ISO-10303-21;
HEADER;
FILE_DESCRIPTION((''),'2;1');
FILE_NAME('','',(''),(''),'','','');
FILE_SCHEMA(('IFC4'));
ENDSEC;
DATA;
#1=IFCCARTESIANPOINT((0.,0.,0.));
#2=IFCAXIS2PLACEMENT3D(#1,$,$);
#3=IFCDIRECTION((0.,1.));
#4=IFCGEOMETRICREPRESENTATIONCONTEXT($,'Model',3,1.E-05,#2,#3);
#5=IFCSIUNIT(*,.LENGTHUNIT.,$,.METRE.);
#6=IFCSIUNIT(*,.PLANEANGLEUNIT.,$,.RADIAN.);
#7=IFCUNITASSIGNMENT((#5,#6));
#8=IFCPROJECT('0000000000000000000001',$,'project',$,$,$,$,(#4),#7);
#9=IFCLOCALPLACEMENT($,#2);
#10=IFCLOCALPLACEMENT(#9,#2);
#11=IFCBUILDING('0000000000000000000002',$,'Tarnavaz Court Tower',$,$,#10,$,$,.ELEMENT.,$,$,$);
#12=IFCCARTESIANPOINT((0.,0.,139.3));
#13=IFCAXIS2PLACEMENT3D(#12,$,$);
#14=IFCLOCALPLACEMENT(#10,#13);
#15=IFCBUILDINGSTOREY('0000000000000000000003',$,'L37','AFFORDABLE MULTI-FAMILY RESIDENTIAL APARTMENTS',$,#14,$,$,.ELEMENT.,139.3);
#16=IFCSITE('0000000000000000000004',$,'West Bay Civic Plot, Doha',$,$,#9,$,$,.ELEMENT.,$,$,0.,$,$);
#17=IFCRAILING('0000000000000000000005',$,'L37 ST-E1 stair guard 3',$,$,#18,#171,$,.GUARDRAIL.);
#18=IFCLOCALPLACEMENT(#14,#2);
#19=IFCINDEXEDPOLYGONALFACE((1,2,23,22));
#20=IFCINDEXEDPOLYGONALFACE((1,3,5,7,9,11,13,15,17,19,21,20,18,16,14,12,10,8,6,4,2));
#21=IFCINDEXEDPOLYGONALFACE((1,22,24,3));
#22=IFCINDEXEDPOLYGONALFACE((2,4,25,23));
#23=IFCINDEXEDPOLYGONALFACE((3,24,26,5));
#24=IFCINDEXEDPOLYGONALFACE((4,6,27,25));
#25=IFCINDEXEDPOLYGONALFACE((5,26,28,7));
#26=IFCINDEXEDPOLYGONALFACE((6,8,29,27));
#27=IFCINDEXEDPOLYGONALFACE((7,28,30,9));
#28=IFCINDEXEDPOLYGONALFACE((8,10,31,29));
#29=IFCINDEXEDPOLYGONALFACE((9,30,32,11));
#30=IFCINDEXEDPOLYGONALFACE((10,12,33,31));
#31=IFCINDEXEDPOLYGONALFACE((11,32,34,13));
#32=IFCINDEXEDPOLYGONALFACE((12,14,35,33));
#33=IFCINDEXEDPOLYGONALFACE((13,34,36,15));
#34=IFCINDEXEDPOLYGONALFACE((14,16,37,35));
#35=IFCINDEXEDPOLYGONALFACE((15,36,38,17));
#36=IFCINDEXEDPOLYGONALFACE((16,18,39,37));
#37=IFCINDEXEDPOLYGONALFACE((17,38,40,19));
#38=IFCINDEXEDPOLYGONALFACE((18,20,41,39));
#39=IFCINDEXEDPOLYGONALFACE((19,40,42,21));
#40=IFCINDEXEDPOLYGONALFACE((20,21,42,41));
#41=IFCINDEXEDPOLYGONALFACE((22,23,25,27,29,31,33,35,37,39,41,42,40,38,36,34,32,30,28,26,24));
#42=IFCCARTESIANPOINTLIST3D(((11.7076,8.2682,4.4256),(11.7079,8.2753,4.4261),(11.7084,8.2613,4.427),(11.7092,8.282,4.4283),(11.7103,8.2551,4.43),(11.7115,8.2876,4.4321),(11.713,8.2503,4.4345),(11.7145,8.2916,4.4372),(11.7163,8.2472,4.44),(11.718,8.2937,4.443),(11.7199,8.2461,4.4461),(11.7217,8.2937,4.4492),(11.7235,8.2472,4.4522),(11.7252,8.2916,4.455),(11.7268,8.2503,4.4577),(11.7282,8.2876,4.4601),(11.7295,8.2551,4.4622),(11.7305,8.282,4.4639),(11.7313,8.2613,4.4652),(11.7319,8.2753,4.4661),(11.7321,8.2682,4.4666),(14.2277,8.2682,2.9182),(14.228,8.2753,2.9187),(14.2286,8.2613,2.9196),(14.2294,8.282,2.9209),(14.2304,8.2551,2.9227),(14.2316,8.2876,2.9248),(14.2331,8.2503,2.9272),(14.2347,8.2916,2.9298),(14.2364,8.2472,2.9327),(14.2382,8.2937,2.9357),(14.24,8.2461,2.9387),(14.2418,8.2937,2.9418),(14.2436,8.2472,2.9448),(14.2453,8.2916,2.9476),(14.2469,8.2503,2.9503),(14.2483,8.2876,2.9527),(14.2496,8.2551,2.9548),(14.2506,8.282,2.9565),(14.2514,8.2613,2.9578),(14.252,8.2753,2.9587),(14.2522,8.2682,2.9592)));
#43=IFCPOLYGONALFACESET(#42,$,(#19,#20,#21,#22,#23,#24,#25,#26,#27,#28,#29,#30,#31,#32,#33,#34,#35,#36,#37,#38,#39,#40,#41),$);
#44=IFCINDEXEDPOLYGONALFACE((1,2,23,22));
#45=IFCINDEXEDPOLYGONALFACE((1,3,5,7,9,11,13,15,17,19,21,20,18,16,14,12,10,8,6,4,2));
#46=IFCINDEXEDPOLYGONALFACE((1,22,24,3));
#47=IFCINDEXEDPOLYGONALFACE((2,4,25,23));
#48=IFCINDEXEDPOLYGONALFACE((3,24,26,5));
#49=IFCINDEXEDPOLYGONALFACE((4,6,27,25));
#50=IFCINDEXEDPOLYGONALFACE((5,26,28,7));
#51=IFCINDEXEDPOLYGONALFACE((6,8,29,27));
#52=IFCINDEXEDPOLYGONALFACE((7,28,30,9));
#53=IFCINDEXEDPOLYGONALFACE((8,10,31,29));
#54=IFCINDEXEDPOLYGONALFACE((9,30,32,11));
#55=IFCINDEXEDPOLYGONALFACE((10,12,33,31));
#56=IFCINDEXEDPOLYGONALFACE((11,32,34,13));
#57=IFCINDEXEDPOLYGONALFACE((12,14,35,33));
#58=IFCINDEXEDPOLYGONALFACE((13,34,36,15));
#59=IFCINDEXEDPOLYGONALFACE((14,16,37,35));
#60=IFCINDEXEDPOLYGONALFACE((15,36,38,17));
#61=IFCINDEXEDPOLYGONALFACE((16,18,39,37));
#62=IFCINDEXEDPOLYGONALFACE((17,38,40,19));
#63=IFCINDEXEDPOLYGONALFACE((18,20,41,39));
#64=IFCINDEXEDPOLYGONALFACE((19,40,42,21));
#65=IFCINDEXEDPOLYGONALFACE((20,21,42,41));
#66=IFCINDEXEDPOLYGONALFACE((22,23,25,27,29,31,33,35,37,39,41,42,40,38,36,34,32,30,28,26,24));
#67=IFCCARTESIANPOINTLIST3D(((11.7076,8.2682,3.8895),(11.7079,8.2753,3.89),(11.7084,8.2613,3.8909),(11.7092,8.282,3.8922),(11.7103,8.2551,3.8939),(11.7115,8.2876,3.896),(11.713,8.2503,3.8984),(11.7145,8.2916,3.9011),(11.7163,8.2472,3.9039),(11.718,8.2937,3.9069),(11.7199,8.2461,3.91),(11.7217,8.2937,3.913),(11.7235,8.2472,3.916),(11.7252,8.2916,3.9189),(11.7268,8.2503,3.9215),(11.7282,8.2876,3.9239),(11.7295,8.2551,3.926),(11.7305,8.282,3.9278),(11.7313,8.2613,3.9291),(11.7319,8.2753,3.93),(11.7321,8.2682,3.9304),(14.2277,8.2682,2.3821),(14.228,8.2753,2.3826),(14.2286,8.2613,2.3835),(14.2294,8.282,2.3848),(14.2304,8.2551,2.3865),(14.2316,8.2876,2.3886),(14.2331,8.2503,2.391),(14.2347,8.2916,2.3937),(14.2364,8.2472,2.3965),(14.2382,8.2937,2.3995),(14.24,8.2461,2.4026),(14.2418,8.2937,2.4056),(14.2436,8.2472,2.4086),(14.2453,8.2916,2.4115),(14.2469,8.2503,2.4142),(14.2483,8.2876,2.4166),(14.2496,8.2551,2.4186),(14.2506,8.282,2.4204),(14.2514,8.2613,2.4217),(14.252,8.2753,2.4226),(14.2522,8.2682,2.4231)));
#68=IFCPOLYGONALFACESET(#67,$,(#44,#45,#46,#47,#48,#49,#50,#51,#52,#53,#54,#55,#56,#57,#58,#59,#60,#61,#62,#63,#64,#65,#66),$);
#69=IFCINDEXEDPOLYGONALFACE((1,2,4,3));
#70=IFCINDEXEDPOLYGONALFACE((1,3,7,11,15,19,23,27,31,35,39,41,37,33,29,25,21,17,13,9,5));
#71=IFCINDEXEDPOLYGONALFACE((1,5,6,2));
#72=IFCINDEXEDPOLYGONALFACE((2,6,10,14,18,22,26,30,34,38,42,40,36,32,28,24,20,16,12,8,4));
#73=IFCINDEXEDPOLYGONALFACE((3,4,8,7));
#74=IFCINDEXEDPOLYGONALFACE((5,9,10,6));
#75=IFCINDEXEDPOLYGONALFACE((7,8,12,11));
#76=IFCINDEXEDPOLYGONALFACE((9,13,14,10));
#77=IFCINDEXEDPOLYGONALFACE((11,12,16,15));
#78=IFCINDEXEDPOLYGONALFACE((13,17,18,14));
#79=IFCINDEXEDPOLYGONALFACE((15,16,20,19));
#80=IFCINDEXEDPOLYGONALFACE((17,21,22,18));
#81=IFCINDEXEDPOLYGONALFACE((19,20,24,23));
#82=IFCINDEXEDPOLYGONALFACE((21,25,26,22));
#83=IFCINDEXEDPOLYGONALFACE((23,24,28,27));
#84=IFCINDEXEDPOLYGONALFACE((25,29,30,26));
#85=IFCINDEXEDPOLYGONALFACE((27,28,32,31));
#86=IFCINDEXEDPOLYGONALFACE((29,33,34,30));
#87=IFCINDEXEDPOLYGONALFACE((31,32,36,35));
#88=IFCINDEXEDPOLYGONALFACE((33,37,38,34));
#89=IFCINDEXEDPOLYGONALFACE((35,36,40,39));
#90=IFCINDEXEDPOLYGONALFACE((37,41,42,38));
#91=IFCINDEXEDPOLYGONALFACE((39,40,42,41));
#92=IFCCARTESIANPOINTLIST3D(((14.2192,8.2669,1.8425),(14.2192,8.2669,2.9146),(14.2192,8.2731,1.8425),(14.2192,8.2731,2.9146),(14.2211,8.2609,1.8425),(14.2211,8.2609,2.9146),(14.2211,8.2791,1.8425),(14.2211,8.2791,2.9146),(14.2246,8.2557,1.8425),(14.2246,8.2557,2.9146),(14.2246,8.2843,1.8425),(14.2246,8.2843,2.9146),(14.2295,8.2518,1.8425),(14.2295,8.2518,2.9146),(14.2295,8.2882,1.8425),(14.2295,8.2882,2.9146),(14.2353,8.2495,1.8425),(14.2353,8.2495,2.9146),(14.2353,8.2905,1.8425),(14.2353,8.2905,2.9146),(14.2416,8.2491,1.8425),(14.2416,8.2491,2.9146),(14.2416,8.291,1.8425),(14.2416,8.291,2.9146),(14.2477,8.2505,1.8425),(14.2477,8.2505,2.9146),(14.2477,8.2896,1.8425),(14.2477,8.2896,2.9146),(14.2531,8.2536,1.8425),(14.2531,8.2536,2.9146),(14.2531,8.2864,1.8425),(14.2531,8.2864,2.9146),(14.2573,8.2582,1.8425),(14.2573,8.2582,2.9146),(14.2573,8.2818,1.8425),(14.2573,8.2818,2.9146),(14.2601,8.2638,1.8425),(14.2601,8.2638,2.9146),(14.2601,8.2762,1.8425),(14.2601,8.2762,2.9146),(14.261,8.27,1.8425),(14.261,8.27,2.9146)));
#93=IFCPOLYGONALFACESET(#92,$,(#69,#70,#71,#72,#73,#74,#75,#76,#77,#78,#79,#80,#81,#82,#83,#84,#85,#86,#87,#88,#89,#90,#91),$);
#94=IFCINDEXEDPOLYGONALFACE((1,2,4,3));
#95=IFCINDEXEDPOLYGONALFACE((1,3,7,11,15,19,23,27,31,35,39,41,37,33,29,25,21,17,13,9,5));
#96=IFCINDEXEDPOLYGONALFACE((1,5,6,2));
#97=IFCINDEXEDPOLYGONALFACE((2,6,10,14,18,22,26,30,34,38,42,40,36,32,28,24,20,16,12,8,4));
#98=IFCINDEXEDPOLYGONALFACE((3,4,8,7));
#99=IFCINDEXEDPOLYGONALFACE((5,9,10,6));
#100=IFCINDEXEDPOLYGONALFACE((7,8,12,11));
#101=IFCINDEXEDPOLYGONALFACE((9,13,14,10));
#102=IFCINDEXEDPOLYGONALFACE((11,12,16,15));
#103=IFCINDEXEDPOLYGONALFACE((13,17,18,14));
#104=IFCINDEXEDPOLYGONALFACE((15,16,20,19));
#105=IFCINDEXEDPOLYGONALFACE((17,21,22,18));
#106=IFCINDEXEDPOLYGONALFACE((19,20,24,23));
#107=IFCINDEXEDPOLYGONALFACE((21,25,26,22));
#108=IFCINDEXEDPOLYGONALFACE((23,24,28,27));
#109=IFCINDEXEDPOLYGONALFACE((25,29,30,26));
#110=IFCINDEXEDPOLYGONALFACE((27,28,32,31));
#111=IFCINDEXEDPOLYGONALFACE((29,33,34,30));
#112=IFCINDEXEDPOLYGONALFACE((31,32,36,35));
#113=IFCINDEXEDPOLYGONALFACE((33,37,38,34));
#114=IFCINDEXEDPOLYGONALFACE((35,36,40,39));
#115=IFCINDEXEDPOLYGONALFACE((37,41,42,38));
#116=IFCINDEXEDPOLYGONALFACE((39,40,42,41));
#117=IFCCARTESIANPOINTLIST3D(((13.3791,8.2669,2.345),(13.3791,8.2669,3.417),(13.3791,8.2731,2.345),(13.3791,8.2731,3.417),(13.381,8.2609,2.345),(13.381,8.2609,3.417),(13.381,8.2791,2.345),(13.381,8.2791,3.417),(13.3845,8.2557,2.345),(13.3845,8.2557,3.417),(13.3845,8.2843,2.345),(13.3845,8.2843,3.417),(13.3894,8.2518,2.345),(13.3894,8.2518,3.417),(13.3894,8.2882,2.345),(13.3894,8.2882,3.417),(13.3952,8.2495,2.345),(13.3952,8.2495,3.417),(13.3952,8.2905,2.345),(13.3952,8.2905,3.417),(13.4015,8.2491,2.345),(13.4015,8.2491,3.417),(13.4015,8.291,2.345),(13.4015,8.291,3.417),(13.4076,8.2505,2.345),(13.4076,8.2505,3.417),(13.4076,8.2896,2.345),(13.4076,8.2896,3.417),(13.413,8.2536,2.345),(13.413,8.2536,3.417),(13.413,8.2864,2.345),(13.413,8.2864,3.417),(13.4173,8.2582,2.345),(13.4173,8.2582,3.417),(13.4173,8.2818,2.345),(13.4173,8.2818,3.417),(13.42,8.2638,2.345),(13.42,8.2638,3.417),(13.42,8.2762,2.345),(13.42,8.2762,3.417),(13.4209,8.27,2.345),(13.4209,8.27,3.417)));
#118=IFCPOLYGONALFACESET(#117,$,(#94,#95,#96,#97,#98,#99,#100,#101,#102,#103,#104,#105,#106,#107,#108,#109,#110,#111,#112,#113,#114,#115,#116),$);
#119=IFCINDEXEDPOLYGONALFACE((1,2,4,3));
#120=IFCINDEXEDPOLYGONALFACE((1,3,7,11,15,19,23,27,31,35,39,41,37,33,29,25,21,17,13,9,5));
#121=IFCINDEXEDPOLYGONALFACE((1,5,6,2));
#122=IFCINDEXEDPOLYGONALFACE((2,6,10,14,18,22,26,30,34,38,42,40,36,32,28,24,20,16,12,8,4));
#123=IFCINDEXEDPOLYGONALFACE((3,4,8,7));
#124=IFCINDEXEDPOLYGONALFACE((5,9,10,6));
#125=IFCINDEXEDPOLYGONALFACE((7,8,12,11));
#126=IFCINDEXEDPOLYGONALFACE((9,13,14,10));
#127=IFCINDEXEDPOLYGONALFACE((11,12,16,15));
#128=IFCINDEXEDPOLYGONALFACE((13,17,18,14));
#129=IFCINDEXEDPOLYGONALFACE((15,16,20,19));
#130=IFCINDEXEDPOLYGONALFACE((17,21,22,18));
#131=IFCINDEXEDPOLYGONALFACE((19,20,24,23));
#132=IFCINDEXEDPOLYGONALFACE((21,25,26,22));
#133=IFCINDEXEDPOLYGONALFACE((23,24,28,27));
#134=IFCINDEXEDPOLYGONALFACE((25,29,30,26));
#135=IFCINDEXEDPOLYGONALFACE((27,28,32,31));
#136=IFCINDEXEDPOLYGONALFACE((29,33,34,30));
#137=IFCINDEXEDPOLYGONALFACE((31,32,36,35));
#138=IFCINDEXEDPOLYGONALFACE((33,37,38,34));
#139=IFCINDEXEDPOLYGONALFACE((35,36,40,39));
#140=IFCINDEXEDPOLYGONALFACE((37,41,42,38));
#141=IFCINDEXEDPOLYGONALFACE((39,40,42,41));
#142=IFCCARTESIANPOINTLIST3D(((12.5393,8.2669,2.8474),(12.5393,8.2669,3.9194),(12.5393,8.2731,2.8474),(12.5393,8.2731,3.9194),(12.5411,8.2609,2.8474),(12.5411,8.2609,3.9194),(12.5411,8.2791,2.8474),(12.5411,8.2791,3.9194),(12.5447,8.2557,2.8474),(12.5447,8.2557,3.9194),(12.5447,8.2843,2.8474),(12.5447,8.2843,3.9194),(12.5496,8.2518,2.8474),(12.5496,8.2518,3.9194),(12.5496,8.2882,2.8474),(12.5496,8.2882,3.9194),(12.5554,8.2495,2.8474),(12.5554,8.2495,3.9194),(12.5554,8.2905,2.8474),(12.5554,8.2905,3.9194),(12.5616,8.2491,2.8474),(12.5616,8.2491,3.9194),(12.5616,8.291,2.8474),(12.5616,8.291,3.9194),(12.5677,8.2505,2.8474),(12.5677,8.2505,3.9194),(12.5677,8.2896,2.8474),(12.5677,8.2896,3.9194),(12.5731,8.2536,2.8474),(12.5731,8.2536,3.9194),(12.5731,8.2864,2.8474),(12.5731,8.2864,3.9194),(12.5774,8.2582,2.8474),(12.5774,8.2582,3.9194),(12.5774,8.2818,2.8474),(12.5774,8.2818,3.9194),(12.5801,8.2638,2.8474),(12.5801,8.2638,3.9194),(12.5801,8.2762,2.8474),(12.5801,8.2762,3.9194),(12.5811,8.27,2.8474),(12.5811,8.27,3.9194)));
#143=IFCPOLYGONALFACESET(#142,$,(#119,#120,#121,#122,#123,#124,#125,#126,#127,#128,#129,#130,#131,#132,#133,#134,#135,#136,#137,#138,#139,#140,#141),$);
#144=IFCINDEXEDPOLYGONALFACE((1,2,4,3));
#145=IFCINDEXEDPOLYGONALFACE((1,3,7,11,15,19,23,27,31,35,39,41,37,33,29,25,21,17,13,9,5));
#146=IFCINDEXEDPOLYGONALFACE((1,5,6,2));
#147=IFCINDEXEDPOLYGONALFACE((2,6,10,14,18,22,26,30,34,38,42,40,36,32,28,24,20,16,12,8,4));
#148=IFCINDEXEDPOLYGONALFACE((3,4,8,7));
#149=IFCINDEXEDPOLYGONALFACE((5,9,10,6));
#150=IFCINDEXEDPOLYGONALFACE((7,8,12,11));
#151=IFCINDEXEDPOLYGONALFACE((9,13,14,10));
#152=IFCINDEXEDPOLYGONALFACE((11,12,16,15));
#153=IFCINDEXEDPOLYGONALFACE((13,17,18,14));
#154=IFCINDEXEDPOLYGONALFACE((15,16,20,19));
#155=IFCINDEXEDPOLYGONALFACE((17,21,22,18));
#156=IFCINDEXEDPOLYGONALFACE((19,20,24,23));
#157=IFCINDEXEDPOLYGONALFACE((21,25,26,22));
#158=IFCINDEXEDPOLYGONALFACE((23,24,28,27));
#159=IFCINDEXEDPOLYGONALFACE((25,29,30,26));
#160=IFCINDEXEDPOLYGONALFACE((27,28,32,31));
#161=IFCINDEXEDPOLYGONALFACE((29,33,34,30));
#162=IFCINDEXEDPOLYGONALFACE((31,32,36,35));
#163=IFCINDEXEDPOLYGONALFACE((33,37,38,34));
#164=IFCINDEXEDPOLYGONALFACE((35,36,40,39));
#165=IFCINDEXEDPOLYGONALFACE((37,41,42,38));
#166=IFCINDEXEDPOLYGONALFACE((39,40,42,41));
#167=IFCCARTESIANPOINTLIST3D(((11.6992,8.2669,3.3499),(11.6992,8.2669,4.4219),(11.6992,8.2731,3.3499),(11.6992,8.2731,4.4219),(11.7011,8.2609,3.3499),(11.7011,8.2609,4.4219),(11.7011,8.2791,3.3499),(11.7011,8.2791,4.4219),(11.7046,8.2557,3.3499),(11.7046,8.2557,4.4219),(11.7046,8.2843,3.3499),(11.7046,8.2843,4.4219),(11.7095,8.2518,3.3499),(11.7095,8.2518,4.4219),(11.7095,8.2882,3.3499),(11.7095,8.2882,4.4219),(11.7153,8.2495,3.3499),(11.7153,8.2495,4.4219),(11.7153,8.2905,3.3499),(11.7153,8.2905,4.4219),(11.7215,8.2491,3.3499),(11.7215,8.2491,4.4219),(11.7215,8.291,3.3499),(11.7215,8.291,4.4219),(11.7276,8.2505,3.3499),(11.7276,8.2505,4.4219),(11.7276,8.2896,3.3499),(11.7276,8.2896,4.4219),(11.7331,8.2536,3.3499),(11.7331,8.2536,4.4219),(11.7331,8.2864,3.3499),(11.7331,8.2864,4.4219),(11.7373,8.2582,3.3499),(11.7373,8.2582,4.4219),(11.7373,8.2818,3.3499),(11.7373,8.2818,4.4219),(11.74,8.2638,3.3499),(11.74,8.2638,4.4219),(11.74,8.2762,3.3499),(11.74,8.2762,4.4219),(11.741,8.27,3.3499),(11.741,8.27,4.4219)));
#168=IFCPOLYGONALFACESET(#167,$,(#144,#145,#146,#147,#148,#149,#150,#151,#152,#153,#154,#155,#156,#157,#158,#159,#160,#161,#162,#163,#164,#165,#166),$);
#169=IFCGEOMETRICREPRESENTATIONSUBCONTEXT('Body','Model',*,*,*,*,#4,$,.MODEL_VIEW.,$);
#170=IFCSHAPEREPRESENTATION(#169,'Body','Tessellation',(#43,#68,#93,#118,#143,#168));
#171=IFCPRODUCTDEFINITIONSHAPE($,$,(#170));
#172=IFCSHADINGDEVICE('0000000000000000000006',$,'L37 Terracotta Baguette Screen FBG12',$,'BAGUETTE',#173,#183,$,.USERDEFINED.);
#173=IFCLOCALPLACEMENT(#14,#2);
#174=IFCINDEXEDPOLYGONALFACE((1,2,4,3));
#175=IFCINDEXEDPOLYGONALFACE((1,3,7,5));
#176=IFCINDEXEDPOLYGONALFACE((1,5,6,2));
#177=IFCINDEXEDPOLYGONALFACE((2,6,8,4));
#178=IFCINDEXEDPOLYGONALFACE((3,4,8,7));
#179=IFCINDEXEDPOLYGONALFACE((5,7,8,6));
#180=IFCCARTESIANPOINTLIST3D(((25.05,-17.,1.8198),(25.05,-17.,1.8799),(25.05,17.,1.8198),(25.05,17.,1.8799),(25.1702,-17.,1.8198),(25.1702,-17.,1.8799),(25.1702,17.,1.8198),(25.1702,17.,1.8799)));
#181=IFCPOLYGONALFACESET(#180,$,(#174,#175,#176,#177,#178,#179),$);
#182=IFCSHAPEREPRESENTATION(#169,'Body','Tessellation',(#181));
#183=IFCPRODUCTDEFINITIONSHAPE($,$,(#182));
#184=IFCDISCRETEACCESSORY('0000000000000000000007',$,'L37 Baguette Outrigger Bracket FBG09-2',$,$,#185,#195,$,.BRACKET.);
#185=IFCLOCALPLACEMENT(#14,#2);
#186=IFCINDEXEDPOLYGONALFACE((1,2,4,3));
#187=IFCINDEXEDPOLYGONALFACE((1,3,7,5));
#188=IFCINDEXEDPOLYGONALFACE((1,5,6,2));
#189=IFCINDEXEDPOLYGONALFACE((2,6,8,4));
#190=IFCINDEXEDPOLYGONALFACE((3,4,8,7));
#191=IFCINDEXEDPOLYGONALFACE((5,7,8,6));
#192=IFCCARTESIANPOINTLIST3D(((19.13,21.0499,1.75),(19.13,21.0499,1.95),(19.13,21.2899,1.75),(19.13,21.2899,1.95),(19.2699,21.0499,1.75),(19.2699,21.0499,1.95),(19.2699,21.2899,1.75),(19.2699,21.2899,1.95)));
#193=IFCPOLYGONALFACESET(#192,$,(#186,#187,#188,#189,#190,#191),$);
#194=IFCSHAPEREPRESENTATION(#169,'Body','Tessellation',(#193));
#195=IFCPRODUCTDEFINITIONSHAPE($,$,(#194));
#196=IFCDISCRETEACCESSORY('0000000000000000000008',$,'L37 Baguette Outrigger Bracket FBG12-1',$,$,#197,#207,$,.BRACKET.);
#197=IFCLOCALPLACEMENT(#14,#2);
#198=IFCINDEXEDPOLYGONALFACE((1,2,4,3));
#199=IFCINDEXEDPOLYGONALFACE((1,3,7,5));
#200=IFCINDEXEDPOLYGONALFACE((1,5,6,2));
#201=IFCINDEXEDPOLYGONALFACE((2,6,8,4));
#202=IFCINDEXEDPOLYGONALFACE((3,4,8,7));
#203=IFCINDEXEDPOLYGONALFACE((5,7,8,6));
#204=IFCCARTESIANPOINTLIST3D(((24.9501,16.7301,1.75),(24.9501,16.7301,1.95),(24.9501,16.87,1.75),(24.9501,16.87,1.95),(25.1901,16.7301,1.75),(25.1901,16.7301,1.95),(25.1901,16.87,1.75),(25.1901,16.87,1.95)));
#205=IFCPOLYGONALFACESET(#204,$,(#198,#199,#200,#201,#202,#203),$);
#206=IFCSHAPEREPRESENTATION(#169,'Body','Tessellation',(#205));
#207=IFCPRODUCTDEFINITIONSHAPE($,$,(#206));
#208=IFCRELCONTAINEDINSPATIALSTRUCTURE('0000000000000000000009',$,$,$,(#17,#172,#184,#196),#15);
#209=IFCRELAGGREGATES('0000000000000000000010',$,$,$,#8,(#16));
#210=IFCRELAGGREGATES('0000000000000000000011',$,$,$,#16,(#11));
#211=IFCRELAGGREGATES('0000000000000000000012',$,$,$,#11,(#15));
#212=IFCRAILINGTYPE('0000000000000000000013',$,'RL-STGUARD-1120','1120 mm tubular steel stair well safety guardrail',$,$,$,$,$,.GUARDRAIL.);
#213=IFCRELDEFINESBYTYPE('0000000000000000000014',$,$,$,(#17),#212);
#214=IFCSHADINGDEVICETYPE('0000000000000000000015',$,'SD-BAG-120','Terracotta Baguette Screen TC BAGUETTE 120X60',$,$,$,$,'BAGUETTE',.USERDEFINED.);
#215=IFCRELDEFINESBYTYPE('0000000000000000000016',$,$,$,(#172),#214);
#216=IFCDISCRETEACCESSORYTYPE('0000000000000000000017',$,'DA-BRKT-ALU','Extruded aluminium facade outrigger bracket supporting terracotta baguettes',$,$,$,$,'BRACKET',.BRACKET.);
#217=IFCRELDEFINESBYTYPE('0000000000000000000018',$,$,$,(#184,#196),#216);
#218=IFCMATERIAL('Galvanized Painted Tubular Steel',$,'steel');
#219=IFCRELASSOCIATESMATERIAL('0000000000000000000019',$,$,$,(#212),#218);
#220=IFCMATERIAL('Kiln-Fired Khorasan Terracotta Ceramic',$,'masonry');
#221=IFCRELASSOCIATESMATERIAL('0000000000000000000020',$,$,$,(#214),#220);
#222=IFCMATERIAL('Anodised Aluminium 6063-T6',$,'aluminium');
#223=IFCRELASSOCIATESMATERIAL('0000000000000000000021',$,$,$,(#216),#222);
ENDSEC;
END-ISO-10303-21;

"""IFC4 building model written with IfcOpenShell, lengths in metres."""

from ifc_helpers import new_model, si_unit, direction, frame, origin, origin_2d, place, context, subcontext, project, spatial, rectangle, circle, extrude, material, material_profile, profile_set, type_object, element, save


model = new_model("IFC4")

# Units and contexts
model_context = context("Model", 3, precision=1e-05, world=origin(), true_north=direction((0.0, 1.0)))
body_context = subcontext(model_context, "Body", "Model", "MODEL_VIEW")
ifc_project = project(units=[si_unit("LENGTHUNIT", "METRE"), si_unit("PLANEANGLEUNIT", "RADIAN")], contexts=[model_context])

# Site, building, storey
site_placement = place(None, origin())
site = spatial("IfcSite", under=ifc_project, at=site_placement, Name="West Bay Civic Plot, Doha", CompositionType="ELEMENT", RefElevation=0.0)
building_placement = place(site_placement, origin())
building = spatial("IfcBuilding", under=site, at=building_placement, Name="Tarnavaz Court Tower", CompositionType="ELEMENT")
storey_placement = place(building_placement, frame((0.0, 0.0, 139.3)))
storey = spatial("IfcBuildingStorey", under=building, at=storey_placement, Name="L37", Description="AFFORDABLE MULTI-FAMILY RESIDENTIAL APARTMENTS", CompositionType="ELEMENT", Elevation=139.3)

# Railing
ifc_material_1 = material(Name="Galvanized Painted Tubular Steel", Category="steel")
railing_type_1 = type_object("IfcRailingType", Name="RL-STGUARD-1120", Description="1120 mm tubular steel stair well safety guardrail", PredefinedType="GUARDRAIL", material=ifc_material_1)
railing_1_placement = place(storey_placement, frame((14.24, 8.27, 1.8425)))
element("IfcRailing", 1, at=railing_1_placement, inside=storey, type_object=railing_type_1, Name="L37 ST-E1 stair guard 3", PredefinedType="GUARDRAIL", context=body_context, shape_type="SweptSolid", body=[
    extrude(circle(Radius=0.0239, at=origin_2d()), frame((0.0, 0.0, 1.0962), z_axis=(-0.858196, 0.0, 0.513321), x_axis=(0.0, -1.0, 0.0)), (0.0, 0.0, 1.0), 2.9365),
    extrude(circle(Radius=0.0239, at=origin_2d()), frame((0.0, 0.0, 0.5601), z_axis=(-0.858196, 0.0, 0.513321), x_axis=(0.0, -1.0, 0.0)), (0.0, 0.0, 1.0), 2.9365),
    extrude(circle(Radius=0.021, at=origin_2d()), origin(), (0.0, 0.0, 1.0), 1.072),
    extrude(circle(Radius=0.021, at=origin_2d()), frame((-0.8401, 0.0, 0.5024)), (0.0, 0.0, 1.0), 1.072),
    extrude(circle(Radius=0.021, at=origin_2d()), frame((-1.6799, 0.0, 1.0049)), (0.0, 0.0, 1.0), 1.072),
    extrude(circle(Radius=0.021, at=origin_2d()), frame((-2.52, 0.0, 1.5073)), (0.0, 0.0, 1.0), 1.072),
])

# Shading device
ifc_material_2 = material(Name="Kiln-Fired Khorasan Terracotta Ceramic", Category="masonry")
ifc_material_profile_1 = material_profile(ifc_material_2, rectangle(XDim=0.1201, YDim=0.0601, at=origin_2d()), Name="TC BAGUETTE 120X60")
ifc_profile_set_1 = profile_set([ifc_material_profile_1], Name="Kiln-Fired Khorasan Terracotta Ceramic")
shading_device_type = type_object("IfcShadingDeviceType", Name="SD-BAG-120", Description="Terracotta Baguette Screen TC BAGUETTE 120X60", ElementType="BAGUETTE", PredefinedType="USERDEFINED", material=ifc_profile_set_1)
shading_device_placement = place(storey_placement, frame((25.1101, 17.0, 1.8499), z_axis=(0.0, -1.0, 0.0), x_axis=(1.0, 0.0, 0.0)))
element("IfcShadingDevice", 2, at=shading_device_placement, inside=storey, type_object=shading_device_type, Name="L37 Terracotta Baguette Screen FBG12", ObjectType="BAGUETTE", PredefinedType="USERDEFINED", context=body_context, shape_type="SweptSolid", body=[
    extrude(rectangle(XDim=0.1201, YDim=0.0601, at=origin_2d()), origin(), (0.0, 0.0, 1.0), 34.0),
])

# Discrete accessories
ifc_material_3 = material(Name="Anodised Aluminium 6063-T6", Category="aluminium")
discrete_accessory_type = type_object("IfcDiscreteAccessoryType", Name="DA-BRKT-ALU", Description="Extruded aluminium facade outrigger bracket supporting terracotta baguettes", ElementType="BRACKET", PredefinedType="BRACKET", material=ifc_material_3)
for number, where, z_axis, x_axis, name in (
    (3, (19.2, 21.1699, 1.75), (0.0, 0.0, 1.0), (1.0, 0.0, 0.0), "L37 Baguette Outrigger Bracket FBG09-2"),
    (4, (25.0701, 16.8, 1.75), (0.0, 0.0, 1.0), (0.0, -1.0, 0.0), "L37 Baguette Outrigger Bracket FBG12-1"),
):
    element("IfcDiscreteAccessory", number, at=place(storey_placement, frame(where, z_axis=z_axis, x_axis=x_axis)), inside=storey, type_object=discrete_accessory_type, Name=name, PredefinedType="BRACKET", context=body_context, shape_type="SweptSolid", body=[
        extrude(rectangle(XDim=0.1399, YDim=0.24, at=origin_2d()), origin(), (0.0, 0.0, 1.0), 0.2),
    ])

save(model, "model.ifc")
